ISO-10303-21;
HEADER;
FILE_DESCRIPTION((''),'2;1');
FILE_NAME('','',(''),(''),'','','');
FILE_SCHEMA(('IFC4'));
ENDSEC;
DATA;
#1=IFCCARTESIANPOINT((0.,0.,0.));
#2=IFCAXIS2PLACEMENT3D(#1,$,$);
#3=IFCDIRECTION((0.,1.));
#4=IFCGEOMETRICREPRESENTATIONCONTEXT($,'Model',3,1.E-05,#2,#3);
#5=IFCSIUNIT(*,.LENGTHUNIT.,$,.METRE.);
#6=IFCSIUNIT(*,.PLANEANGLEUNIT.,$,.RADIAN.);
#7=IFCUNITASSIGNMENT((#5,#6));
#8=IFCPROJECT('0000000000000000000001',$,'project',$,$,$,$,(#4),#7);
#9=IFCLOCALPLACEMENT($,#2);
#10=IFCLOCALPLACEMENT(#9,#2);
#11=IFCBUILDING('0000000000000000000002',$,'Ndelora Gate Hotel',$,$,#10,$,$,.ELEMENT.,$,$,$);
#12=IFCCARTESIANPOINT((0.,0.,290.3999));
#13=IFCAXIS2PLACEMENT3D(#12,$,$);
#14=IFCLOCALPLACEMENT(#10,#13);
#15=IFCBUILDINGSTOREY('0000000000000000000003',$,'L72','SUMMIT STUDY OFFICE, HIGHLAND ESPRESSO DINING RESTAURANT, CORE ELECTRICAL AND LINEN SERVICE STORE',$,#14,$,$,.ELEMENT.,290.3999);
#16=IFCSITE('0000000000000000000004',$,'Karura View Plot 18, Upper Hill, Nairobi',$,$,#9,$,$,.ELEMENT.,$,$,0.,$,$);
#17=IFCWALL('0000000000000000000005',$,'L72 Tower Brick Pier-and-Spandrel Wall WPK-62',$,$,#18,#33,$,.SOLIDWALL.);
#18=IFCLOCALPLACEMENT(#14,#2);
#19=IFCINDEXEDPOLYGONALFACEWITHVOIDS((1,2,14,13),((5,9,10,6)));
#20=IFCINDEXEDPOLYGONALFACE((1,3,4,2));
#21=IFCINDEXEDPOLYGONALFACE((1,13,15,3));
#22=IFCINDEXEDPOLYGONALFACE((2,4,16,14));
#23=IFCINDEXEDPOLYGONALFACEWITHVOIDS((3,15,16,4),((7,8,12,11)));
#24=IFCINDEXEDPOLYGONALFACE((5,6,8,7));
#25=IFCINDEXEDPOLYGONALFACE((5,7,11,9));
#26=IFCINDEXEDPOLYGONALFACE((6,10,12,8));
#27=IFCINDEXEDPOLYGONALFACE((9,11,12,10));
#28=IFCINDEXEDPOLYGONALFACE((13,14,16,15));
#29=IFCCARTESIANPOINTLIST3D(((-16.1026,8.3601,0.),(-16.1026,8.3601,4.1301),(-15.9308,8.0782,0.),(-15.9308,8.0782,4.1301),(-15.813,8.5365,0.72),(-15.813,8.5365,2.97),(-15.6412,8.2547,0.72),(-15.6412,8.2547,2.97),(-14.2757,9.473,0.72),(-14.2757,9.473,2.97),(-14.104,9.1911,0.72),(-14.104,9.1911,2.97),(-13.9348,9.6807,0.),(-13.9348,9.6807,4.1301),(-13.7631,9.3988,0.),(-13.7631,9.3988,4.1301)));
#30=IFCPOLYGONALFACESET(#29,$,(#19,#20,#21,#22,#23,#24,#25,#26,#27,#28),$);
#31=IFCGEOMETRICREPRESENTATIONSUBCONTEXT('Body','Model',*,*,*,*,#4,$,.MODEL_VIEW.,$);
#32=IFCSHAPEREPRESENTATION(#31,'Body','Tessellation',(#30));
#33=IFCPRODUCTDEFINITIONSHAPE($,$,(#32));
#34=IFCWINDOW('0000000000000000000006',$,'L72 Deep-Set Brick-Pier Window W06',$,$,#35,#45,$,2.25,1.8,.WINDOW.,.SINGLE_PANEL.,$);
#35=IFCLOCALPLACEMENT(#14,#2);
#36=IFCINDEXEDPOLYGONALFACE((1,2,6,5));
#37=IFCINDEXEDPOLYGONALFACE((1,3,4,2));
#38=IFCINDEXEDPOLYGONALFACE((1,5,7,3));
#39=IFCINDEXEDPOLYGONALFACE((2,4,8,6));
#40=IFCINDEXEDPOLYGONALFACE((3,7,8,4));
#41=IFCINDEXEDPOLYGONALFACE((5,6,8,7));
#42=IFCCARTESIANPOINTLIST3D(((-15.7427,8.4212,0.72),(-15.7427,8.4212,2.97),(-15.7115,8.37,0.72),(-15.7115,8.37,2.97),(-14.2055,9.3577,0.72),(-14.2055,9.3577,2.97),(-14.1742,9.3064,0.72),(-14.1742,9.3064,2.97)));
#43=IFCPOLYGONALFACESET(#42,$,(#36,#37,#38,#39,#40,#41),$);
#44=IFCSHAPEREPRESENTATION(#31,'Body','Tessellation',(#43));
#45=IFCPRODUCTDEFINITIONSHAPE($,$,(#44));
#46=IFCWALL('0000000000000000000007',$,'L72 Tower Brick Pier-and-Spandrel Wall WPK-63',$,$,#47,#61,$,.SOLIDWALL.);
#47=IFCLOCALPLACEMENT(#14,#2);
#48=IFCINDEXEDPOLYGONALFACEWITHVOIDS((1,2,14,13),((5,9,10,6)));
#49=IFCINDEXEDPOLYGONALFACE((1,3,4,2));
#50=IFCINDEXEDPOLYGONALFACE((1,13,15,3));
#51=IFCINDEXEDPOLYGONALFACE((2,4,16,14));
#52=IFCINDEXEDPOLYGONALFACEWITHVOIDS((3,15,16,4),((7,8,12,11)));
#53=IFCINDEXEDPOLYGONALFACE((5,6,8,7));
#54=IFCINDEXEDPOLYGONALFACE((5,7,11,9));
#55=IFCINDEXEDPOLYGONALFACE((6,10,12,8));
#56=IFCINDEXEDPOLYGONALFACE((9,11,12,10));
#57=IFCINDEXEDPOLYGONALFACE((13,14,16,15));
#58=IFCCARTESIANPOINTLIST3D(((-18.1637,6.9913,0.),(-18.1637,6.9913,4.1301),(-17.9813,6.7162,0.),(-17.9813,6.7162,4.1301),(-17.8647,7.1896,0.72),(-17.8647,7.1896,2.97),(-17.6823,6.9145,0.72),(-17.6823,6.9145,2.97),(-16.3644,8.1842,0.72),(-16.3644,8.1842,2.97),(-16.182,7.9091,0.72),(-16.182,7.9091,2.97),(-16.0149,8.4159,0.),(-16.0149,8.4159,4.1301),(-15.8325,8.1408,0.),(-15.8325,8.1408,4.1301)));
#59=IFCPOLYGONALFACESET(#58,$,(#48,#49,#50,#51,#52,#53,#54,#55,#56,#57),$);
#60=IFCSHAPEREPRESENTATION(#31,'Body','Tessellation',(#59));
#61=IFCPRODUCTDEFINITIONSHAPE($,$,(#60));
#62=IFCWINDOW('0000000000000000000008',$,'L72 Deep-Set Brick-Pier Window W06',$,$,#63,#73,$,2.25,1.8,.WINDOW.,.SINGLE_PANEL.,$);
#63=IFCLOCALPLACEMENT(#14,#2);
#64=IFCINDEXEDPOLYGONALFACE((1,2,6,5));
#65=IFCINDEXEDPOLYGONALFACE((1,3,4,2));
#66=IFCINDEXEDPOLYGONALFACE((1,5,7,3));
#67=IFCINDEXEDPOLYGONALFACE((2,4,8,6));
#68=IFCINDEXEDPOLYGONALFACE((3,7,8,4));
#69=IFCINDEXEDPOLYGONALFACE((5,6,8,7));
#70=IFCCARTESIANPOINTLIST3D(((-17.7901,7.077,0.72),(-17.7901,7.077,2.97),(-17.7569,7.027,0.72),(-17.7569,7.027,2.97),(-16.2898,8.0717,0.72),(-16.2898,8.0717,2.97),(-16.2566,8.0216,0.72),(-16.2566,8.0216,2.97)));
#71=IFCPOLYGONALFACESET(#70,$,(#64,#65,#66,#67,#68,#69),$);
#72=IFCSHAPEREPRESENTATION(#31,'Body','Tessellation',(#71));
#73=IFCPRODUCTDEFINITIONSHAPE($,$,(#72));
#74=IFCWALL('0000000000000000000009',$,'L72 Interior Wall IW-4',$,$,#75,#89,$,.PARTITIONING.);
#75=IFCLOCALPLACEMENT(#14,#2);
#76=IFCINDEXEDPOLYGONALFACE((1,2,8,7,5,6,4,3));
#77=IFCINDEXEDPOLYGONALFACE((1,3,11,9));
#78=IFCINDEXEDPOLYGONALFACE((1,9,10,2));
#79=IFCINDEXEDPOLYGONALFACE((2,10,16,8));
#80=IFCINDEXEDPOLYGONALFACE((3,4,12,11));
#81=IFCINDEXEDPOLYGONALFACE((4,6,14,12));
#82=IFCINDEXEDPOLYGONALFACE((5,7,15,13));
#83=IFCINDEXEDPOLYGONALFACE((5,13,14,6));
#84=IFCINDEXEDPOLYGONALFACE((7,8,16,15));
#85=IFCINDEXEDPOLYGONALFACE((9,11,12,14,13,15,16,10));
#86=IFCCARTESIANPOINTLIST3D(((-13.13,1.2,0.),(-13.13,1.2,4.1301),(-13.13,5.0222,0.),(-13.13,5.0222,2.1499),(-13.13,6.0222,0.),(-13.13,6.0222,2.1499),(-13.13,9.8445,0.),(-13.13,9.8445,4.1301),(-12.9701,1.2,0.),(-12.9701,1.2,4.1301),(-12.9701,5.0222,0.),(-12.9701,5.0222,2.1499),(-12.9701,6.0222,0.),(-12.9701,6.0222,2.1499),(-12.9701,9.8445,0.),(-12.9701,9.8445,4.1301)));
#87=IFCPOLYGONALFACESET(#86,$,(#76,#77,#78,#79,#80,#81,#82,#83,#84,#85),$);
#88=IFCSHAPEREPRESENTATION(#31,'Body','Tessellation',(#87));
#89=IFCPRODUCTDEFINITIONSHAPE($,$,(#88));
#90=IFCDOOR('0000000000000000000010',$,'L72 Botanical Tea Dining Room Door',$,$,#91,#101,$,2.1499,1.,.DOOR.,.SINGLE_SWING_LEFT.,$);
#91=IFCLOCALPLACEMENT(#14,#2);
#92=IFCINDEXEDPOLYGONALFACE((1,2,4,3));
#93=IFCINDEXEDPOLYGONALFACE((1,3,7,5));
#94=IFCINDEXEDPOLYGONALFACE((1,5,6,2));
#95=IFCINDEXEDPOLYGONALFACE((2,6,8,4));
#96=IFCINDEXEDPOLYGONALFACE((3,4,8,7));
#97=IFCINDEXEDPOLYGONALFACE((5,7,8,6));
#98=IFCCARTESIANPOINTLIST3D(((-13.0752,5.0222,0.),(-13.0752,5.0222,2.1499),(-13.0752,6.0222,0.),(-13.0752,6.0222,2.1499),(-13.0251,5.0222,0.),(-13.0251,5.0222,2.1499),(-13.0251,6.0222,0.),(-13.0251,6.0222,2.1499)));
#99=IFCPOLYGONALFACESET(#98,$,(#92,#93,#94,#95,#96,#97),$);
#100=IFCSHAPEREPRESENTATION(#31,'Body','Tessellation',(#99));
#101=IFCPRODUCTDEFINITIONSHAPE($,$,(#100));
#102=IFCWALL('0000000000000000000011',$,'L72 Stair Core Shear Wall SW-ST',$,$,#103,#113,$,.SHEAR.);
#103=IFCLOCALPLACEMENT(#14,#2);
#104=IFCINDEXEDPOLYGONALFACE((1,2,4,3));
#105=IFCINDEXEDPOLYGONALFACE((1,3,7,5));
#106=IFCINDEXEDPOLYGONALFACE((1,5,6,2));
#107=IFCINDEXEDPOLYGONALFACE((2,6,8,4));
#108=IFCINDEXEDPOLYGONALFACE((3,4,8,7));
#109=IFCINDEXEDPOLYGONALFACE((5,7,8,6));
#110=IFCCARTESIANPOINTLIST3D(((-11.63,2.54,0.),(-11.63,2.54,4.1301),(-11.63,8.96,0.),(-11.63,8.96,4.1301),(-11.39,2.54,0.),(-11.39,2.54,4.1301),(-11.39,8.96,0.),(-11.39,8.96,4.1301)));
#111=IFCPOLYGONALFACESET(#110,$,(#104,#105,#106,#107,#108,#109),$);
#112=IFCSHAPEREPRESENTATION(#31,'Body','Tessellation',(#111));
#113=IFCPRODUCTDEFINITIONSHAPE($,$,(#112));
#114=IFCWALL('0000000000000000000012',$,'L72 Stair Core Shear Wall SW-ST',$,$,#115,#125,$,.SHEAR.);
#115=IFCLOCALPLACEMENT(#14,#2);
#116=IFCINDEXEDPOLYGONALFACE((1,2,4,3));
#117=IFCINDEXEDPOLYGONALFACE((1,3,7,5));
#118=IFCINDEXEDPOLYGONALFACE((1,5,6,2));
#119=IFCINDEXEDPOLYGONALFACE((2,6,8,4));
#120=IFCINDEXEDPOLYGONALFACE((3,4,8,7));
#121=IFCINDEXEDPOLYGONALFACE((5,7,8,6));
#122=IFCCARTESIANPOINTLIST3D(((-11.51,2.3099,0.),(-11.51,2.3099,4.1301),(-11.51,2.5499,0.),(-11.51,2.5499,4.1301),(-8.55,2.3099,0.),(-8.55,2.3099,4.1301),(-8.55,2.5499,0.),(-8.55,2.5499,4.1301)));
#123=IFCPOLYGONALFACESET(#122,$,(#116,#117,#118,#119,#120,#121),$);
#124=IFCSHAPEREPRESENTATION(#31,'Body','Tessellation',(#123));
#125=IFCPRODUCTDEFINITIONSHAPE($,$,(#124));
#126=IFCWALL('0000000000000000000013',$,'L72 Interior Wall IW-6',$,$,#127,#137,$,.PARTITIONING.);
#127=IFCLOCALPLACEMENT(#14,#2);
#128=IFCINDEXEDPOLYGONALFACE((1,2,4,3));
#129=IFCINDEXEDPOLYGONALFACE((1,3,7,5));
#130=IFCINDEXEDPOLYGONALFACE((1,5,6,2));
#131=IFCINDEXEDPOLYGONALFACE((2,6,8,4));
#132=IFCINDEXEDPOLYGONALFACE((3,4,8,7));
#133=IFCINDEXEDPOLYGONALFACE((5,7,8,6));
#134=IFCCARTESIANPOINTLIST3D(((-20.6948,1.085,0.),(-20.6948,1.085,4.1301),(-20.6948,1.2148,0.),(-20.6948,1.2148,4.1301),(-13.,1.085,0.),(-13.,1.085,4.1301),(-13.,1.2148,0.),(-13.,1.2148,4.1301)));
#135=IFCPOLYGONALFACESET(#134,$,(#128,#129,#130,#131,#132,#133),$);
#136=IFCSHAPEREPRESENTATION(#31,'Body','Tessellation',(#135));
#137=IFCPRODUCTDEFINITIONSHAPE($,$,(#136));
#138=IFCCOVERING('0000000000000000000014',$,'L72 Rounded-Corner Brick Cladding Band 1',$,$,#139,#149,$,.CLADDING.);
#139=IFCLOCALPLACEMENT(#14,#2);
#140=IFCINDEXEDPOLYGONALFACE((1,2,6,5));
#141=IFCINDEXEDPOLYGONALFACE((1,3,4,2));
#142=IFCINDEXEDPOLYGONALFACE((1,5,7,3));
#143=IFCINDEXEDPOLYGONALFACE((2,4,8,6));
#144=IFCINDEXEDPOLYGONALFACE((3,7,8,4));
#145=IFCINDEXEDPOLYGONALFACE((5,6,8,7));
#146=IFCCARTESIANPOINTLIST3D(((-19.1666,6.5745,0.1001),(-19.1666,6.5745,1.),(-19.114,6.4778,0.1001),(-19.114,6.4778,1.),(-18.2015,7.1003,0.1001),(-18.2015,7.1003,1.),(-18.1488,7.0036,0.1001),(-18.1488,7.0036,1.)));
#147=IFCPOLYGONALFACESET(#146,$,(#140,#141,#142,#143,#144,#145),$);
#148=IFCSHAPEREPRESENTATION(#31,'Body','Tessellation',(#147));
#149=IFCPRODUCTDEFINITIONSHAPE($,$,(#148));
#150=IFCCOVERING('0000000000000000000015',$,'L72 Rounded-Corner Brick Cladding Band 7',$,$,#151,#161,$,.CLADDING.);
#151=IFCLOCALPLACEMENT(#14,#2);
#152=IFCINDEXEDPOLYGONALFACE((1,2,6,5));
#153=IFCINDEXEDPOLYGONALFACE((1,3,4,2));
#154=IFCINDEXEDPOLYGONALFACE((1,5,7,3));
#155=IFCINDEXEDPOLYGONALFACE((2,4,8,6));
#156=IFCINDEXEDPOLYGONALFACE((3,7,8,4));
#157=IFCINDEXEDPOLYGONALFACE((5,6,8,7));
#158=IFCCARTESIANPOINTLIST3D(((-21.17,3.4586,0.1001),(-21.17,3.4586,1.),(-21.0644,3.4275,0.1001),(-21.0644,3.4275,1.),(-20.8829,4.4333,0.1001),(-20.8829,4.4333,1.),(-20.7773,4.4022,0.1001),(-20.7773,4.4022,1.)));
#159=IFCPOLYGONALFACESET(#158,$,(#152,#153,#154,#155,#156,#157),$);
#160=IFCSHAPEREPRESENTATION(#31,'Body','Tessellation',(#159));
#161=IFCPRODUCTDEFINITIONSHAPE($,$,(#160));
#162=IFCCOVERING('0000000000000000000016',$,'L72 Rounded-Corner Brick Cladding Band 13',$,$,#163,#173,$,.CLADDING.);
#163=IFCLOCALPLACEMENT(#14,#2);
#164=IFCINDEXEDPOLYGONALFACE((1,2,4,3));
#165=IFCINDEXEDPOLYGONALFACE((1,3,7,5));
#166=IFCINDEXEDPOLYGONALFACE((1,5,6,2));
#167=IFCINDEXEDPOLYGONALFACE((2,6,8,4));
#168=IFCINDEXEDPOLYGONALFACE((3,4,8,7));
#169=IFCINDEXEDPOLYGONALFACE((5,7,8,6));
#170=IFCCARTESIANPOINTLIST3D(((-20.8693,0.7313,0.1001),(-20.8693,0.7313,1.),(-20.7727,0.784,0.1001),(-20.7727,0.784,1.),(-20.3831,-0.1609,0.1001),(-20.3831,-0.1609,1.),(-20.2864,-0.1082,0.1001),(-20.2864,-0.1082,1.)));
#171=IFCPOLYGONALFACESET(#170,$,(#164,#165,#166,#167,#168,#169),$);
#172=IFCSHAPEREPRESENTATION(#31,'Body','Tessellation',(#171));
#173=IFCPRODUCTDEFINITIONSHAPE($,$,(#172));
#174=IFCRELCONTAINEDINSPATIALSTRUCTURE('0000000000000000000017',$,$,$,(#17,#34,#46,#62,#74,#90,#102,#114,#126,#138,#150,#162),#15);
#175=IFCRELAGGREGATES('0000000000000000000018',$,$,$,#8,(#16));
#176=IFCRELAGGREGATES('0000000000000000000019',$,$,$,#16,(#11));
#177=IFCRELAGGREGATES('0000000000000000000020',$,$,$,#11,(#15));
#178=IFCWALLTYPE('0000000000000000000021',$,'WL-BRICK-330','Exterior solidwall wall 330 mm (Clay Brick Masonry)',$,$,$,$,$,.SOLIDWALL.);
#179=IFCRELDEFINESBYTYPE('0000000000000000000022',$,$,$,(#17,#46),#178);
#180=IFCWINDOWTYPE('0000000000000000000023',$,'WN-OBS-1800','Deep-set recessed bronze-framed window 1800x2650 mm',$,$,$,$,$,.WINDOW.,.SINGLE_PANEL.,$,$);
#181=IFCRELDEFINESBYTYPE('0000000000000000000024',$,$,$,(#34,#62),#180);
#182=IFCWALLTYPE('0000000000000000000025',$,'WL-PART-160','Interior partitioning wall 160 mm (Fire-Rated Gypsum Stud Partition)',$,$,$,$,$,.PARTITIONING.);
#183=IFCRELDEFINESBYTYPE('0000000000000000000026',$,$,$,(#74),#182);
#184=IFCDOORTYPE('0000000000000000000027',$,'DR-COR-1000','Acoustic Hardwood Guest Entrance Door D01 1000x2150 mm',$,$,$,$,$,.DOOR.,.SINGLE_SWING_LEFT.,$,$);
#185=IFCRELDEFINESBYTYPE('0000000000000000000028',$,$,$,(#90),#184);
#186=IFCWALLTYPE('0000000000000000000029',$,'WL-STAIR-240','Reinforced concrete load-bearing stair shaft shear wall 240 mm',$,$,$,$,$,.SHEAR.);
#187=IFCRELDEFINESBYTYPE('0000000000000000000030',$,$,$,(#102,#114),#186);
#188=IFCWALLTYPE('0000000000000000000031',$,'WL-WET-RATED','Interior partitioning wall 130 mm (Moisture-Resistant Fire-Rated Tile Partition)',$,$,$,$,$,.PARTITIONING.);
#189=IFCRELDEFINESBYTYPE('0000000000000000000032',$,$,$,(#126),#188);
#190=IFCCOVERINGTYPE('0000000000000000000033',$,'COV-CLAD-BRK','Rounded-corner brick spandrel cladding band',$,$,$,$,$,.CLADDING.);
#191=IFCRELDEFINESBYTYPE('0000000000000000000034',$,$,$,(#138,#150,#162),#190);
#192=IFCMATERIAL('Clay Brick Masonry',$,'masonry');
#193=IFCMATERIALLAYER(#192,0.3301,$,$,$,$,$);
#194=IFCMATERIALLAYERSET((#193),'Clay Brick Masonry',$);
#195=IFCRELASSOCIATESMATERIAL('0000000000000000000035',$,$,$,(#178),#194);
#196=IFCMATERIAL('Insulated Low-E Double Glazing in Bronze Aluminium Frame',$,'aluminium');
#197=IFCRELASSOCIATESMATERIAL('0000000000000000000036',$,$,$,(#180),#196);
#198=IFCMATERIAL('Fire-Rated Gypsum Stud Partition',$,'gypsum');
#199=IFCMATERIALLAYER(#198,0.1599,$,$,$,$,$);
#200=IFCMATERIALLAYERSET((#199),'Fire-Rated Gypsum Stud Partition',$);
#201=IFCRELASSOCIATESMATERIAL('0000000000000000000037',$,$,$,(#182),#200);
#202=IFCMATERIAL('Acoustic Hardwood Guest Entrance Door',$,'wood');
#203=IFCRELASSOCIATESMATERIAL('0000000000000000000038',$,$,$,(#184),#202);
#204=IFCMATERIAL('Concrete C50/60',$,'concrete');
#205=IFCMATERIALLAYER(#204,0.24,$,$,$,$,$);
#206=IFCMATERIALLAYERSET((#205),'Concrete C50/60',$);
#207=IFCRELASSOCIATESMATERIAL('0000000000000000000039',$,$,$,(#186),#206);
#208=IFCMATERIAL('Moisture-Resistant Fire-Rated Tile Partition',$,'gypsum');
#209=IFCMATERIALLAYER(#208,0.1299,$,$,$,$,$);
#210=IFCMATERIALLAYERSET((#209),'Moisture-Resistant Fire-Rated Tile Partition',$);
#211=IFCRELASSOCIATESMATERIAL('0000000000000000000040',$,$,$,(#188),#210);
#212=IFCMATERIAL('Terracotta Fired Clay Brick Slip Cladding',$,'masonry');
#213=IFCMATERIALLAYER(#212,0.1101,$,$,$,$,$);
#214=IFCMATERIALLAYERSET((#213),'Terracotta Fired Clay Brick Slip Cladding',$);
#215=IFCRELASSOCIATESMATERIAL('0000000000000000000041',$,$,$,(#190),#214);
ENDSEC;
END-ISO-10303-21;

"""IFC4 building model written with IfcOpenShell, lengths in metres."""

from ifc_helpers import new_model, si_unit, direction, frame, frame_2d, origin, origin_2d, place, context, subcontext, project, spatial, rectangle, extrude, material, layer, layer_set, type_object, element, fill, save


model = new_model("IFC4")

# Units and contexts
model_context = context("Model", 3, precision=1e-05, world=origin(), true_north=direction((0.0, 1.0)))
body_context = subcontext(model_context, "Body", "Model", "MODEL_VIEW")
ifc_project = project(units=[si_unit("LENGTHUNIT", "METRE"), si_unit("PLANEANGLEUNIT", "RADIAN")], contexts=[model_context])

# Site, building, storey
site_placement = place(None, origin())
site = spatial("IfcSite", under=ifc_project, at=site_placement, Name="Karura View Plot 18, Upper Hill, Nairobi", CompositionType="ELEMENT", RefElevation=0.0)
building_placement = place(site_placement, origin())
building = spatial("IfcBuilding", under=site, at=building_placement, Name="Ndelora Gate Hotel", CompositionType="ELEMENT")
storey_placement = place(building_placement, frame((0.0, 0.0, 290.3999)))
storey = spatial("IfcBuildingStorey", under=building, at=storey_placement, Name="L72", Description="SUMMIT STUDY OFFICE, HIGHLAND ESPRESSO DINING RESTAURANT, CORE ELECTRICAL AND LINEN SERVICE STORE", CompositionType="ELEMENT", Elevation=290.3999)

# Shared definitions
ifc_material_1 = material(Name="Concrete C50/60", Category="concrete")

# Shared definitions
ifc_material_2 = material(Name="Clay Brick Masonry", Category="masonry")
ifc_layer_1 = layer(ifc_material_2, 0.3301)
ifc_layer_set_1 = layer_set([ifc_layer_1], Name="Clay Brick Masonry")
wall_type_1 = type_object("IfcWallType", Name="WL-BRICK-330", Description="Exterior solidwall wall 330 mm (Clay Brick Masonry)", PredefinedType="SOLIDWALL", material=ifc_layer_set_1)

# Shared definitions
ifc_material_3 = material(Name="Insulated Low-E Double Glazing in Bronze Aluminium Frame", Category="aluminium")
window_type = type_object("IfcWindowType", Name="WN-OBS-1800", Description="Deep-set recessed bronze-framed window 1800x2650 mm", PartitioningType="SINGLE_PANEL", PredefinedType="WINDOW", material=ifc_material_3)

# Walls, openings, windows
wall_1_placement = place(storey_placement, frame((-16.0166, 8.2192, 0.0), z_axis=(0.0, 0.0, 1.0), x_axis=(0.854011, 0.520255, 0.0)))
wall_1 = element("IfcWall", 1, at=wall_1_placement, inside=storey, type_object=wall_type_1, Name="L72 Tower Brick Pier-and-Spandrel Wall WPK-62", PredefinedType="SOLIDWALL", context=body_context, shape_type="SweptSolid", body=[
    extrude(rectangle(XDim=2.5383, YDim=0.3301, at=frame_2d((1.269, 0.0))), origin(), (0.0, 0.0, 1.0), 4.1301),
])
opening_1_placement = place(wall_1_placement, frame((0.3391, 0.0, 0.72)))
opening_1 = element("IfcOpeningElement", 2, at=opening_1_placement, cuts=wall_1, PredefinedType="OPENING", context=body_context, shape_type="SweptSolid", body=[
    extrude(rectangle(XDim=1.8, YDim=2.25, at=frame_2d((0.8999, 1.125))), frame((0.0, 0.175, 0.0), z_axis=(0.0, -1.0, 0.0), x_axis=(1.0, 0.0, 0.0)), (0.0, 0.0, 1.0), 0.3501),
])
window_1_placement = place(opening_1_placement, origin())
window_1 = element("IfcWindow", 3, at=window_1_placement, inside=storey, type_object=window_type, Name="L72 Deep-Set Brick-Pier Window W06", OverallHeight=2.25, OverallWidth=1.8, PartitioningType="SINGLE_PANEL", PredefinedType="WINDOW", context=body_context, shape_type="SweptSolid", body=[
    extrude(rectangle(XDim=1.8, YDim=2.25, at=frame_2d((0.8999, 1.125))), frame((0.0, 0.03, 0.0), z_axis=(0.0, -1.0, 0.0), x_axis=(1.0, 0.0, 0.0)), (0.0, 0.0, 1.0), 0.0601),
])
fill(opening_1, window_1)
wall_2_placement = place(storey_placement, frame((-18.0725, 6.8538, 0.0), z_axis=(0.0, 0.0, 1.0), x_axis=(0.833461, 0.552579, 0.0)))
wall_2 = element("IfcWall", 4, at=wall_2_placement, inside=storey, type_object=wall_type_1, Name="L72 Tower Brick Pier-and-Spandrel Wall WPK-63", PredefinedType="SOLIDWALL", context=body_context, shape_type="SweptSolid", body=[
    extrude(rectangle(XDim=2.5781, YDim=0.3301, at=frame_2d((1.2891, 0.0))), origin(), (0.0, 0.0, 1.0), 4.1301),
])
opening_2_placement = place(wall_2_placement, frame((0.3589, 0.0, 0.72)))
opening_2 = element("IfcOpeningElement", 5, at=opening_2_placement, cuts=wall_2, PredefinedType="OPENING", context=body_context, shape_type="SweptSolid", body=[
    extrude(rectangle(XDim=1.8, YDim=2.25, at=frame_2d((0.8999, 1.125))), frame((0.0, 0.175, 0.0), z_axis=(0.0, -1.0, 0.0), x_axis=(1.0, 0.0, 0.0)), (0.0, 0.0, 1.0), 0.3501),
])
window_2_placement = place(opening_2_placement, origin())
window_2 = element("IfcWindow", 6, at=window_2_placement, inside=storey, type_object=window_type, Name="L72 Deep-Set Brick-Pier Window W06", OverallHeight=2.25, OverallWidth=1.8, PartitioningType="SINGLE_PANEL", PredefinedType="WINDOW", context=body_context, shape_type="SweptSolid", body=[
    extrude(rectangle(XDim=1.8, YDim=2.25, at=frame_2d((0.8999, 1.125))), frame((0.0, 0.03, 0.0), z_axis=(0.0, -1.0, 0.0), x_axis=(1.0, 0.0, 0.0)), (0.0, 0.0, 1.0), 0.0601),
])
fill(opening_2, window_2)

# Wall, opening, door
ifc_material_4 = material(Name="Fire-Rated Gypsum Stud Partition", Category="gypsum")
ifc_layer_2 = layer(ifc_material_4, 0.1599)
ifc_layer_set_2 = layer_set([ifc_layer_2], Name="Fire-Rated Gypsum Stud Partition")
wall_type_2 = type_object("IfcWallType", Name="WL-PART-160", Description="Interior partitioning wall 160 mm (Fire-Rated Gypsum Stud Partition)", PredefinedType="PARTITIONING", material=ifc_layer_set_2)
wall_3_placement = place(storey_placement, frame((-13.05, 9.8445, 0.0), z_axis=(0.0, 0.0, 1.0), x_axis=(0.0, -1.0, 0.0)))
wall_3 = element("IfcWall", 7, at=wall_3_placement, inside=storey, type_object=wall_type_2, Name="L72 Interior Wall IW-4", PredefinedType="PARTITIONING", context=body_context, shape_type="SweptSolid", body=[
    extrude(rectangle(XDim=8.6445, YDim=0.1599, at=frame_2d((4.3223, 0.0))), origin(), (0.0, 0.0, 1.0), 4.1301),
])
opening_3_placement = place(wall_3_placement, frame((3.8223, 0.0, 0.0)))
opening_3 = element("IfcOpeningElement", 8, at=opening_3_placement, cuts=wall_3, PredefinedType="OPENING", context=body_context, shape_type="SweptSolid", body=[
    extrude(rectangle(XDim=1.0, YDim=2.1499, at=frame_2d((0.5, 1.075))), frame((0.0, 0.0898, 0.0), z_axis=(0.0, -1.0, 0.0), x_axis=(1.0, 0.0, 0.0)), (0.0, 0.0, 1.0), 0.1799),
])
ifc_material_5 = material(Name="Acoustic Hardwood Guest Entrance Door", Category="wood")
door_type = type_object("IfcDoorType", Name="DR-COR-1000", Description="Acoustic Hardwood Guest Entrance Door D01 1000x2150 mm", OperationType="SINGLE_SWING_LEFT", PredefinedType="DOOR", material=ifc_material_5)
door_1_placement = place(opening_3_placement, origin())
door_1 = element("IfcDoor", 9, at=door_1_placement, inside=storey, type_object=door_type, Name="L72 Botanical Tea Dining Room Door", OperationType="SINGLE_SWING_LEFT", OverallHeight=2.1499, OverallWidth=1.0, PredefinedType="DOOR", context=body_context, shape_type="SweptSolid", body=[
    extrude(rectangle(XDim=1.0, YDim=2.1499, at=frame_2d((0.5, 1.075))), frame((0.0, 0.0249, 0.0), z_axis=(0.0, -1.0, 0.0), x_axis=(1.0, 0.0, 0.0)), (0.0, 0.0, 1.0), 0.05),
])
fill(opening_3, door_1)

# Walls
ifc_layer_3 = layer(ifc_material_1, 0.24)
ifc_layer_set_3 = layer_set([ifc_layer_3], Name="Concrete C50/60")
wall_type_3 = type_object("IfcWallType", Name="WL-STAIR-240", Description="Reinforced concrete load-bearing stair shaft shear wall 240 mm", PredefinedType="SHEAR", material=ifc_layer_set_3)
wall_4_placement = place(storey_placement, frame((-11.51, 2.54, 0.0), z_axis=(0.0, 0.0, 1.0), x_axis=(0.0, 1.0, 0.0)))
element("IfcWall", 10, at=wall_4_placement, inside=storey, type_object=wall_type_3, Name="L72 Stair Core Shear Wall SW-ST", PredefinedType="SHEAR", context=body_context, shape_type="SweptSolid", body=[
    extrude(rectangle(XDim=6.4199, YDim=0.24, at=frame_2d((3.21, 0.0))), origin(), (0.0, 0.0, 1.0), 4.1301),
])
wall_5_placement = place(storey_placement, frame((-11.51, 2.4299, 0.0), z_axis=(0.0, 0.0, 1.0), x_axis=(1.0, 0.0, 0.0)))
element("IfcWall", 11, at=wall_5_placement, inside=storey, type_object=wall_type_3, Name="L72 Stair Core Shear Wall SW-ST", PredefinedType="SHEAR", context=body_context, shape_type="SweptSolid", body=[
    extrude(rectangle(XDim=2.96, YDim=0.24, at=frame_2d((1.48, 0.0))), origin(), (0.0, 0.0, 1.0), 4.1301),
])
ifc_material_6 = material(Name="Moisture-Resistant Fire-Rated Tile Partition", Category="gypsum")
ifc_layer_4 = layer(ifc_material_6, 0.1299)
ifc_layer_set_4 = layer_set([ifc_layer_4], Name="Moisture-Resistant Fire-Rated Tile Partition")
wall_type_4 = type_object("IfcWallType", Name="WL-WET-RATED", Description="Interior partitioning wall 130 mm (Moisture-Resistant Fire-Rated Tile Partition)", PredefinedType="PARTITIONING", material=ifc_layer_set_4)
wall_6_placement = place(storey_placement, frame((-20.6948, 1.1499, 0.0), z_axis=(0.0, 0.0, 1.0), x_axis=(1.0, 0.0, 0.0)))
element("IfcWall", 12, at=wall_6_placement, inside=storey, type_object=wall_type_4, Name="L72 Interior Wall IW-6", PredefinedType="PARTITIONING", context=body_context, shape_type="SweptSolid", body=[
    extrude(rectangle(XDim=7.6948, YDim=0.1299, at=frame_2d((3.8474, 0.0))), origin(), (0.0, 0.0, 1.0), 4.1301),
])

# Coverings
ifc_material_7 = material(Name="Terracotta Fired Clay Brick Slip Cladding", Category="masonry")
ifc_layer_5 = layer(ifc_material_7, 0.1101)
ifc_layer_set_5 = layer_set([ifc_layer_5], Name="Terracotta Fired Clay Brick Slip Cladding")
covering_type_1 = type_object("IfcCoveringType", Name="COV-CLAD-BRK", Description="Rounded-corner brick spandrel cladding band", PredefinedType="CLADDING", material=ifc_layer_set_5)
covering_1_placement = place(storey_placement, frame((-18.6577, 6.7891, 0.1001), z_axis=(0.0, 0.0, 1.0), x_axis=(0.87815, 0.478385, 0.0)))
element("IfcCovering", 13, at=covering_1_placement, inside=storey, type_object=covering_type_1, Name="L72 Rounded-Corner Brick Cladding Band 1", PredefinedType="CLADDING", context=body_context, shape_type="SweptSolid", body=[
    extrude(rectangle(XDim=1.0991, YDim=0.1101, at=origin_2d()), origin(), (0.0, 0.0, 1.0), 0.8999),
])
for number, where, z_axis, x_axis, name in (
    (14, (-20.9736, 3.9304, 0.1001), (0.0, 0.0, 1.0), (0.282509, 0.959265, 0.0), "L72 Rounded-Corner Brick Cladding Band 7"),
    (15, (-20.5779, 0.3115, 0.1001), (0.0, 0.0, 1.0), (-0.478539, 0.878067, 0.0), "L72 Rounded-Corner Brick Cladding Band 13"),
):
    element("IfcCovering", number, at=place(storey_placement, frame(where, z_axis=z_axis, x_axis=x_axis)), inside=storey, type_object=covering_type_1, Name=name, PredefinedType="CLADDING", context=body_context, shape_type="SweptSolid", body=[
        extrude(rectangle(XDim=1.0161, YDim=0.1101, at=origin_2d()), origin(), (0.0, 0.0, 1.0), 0.8999),
    ])

save(model, "model.ifc")
